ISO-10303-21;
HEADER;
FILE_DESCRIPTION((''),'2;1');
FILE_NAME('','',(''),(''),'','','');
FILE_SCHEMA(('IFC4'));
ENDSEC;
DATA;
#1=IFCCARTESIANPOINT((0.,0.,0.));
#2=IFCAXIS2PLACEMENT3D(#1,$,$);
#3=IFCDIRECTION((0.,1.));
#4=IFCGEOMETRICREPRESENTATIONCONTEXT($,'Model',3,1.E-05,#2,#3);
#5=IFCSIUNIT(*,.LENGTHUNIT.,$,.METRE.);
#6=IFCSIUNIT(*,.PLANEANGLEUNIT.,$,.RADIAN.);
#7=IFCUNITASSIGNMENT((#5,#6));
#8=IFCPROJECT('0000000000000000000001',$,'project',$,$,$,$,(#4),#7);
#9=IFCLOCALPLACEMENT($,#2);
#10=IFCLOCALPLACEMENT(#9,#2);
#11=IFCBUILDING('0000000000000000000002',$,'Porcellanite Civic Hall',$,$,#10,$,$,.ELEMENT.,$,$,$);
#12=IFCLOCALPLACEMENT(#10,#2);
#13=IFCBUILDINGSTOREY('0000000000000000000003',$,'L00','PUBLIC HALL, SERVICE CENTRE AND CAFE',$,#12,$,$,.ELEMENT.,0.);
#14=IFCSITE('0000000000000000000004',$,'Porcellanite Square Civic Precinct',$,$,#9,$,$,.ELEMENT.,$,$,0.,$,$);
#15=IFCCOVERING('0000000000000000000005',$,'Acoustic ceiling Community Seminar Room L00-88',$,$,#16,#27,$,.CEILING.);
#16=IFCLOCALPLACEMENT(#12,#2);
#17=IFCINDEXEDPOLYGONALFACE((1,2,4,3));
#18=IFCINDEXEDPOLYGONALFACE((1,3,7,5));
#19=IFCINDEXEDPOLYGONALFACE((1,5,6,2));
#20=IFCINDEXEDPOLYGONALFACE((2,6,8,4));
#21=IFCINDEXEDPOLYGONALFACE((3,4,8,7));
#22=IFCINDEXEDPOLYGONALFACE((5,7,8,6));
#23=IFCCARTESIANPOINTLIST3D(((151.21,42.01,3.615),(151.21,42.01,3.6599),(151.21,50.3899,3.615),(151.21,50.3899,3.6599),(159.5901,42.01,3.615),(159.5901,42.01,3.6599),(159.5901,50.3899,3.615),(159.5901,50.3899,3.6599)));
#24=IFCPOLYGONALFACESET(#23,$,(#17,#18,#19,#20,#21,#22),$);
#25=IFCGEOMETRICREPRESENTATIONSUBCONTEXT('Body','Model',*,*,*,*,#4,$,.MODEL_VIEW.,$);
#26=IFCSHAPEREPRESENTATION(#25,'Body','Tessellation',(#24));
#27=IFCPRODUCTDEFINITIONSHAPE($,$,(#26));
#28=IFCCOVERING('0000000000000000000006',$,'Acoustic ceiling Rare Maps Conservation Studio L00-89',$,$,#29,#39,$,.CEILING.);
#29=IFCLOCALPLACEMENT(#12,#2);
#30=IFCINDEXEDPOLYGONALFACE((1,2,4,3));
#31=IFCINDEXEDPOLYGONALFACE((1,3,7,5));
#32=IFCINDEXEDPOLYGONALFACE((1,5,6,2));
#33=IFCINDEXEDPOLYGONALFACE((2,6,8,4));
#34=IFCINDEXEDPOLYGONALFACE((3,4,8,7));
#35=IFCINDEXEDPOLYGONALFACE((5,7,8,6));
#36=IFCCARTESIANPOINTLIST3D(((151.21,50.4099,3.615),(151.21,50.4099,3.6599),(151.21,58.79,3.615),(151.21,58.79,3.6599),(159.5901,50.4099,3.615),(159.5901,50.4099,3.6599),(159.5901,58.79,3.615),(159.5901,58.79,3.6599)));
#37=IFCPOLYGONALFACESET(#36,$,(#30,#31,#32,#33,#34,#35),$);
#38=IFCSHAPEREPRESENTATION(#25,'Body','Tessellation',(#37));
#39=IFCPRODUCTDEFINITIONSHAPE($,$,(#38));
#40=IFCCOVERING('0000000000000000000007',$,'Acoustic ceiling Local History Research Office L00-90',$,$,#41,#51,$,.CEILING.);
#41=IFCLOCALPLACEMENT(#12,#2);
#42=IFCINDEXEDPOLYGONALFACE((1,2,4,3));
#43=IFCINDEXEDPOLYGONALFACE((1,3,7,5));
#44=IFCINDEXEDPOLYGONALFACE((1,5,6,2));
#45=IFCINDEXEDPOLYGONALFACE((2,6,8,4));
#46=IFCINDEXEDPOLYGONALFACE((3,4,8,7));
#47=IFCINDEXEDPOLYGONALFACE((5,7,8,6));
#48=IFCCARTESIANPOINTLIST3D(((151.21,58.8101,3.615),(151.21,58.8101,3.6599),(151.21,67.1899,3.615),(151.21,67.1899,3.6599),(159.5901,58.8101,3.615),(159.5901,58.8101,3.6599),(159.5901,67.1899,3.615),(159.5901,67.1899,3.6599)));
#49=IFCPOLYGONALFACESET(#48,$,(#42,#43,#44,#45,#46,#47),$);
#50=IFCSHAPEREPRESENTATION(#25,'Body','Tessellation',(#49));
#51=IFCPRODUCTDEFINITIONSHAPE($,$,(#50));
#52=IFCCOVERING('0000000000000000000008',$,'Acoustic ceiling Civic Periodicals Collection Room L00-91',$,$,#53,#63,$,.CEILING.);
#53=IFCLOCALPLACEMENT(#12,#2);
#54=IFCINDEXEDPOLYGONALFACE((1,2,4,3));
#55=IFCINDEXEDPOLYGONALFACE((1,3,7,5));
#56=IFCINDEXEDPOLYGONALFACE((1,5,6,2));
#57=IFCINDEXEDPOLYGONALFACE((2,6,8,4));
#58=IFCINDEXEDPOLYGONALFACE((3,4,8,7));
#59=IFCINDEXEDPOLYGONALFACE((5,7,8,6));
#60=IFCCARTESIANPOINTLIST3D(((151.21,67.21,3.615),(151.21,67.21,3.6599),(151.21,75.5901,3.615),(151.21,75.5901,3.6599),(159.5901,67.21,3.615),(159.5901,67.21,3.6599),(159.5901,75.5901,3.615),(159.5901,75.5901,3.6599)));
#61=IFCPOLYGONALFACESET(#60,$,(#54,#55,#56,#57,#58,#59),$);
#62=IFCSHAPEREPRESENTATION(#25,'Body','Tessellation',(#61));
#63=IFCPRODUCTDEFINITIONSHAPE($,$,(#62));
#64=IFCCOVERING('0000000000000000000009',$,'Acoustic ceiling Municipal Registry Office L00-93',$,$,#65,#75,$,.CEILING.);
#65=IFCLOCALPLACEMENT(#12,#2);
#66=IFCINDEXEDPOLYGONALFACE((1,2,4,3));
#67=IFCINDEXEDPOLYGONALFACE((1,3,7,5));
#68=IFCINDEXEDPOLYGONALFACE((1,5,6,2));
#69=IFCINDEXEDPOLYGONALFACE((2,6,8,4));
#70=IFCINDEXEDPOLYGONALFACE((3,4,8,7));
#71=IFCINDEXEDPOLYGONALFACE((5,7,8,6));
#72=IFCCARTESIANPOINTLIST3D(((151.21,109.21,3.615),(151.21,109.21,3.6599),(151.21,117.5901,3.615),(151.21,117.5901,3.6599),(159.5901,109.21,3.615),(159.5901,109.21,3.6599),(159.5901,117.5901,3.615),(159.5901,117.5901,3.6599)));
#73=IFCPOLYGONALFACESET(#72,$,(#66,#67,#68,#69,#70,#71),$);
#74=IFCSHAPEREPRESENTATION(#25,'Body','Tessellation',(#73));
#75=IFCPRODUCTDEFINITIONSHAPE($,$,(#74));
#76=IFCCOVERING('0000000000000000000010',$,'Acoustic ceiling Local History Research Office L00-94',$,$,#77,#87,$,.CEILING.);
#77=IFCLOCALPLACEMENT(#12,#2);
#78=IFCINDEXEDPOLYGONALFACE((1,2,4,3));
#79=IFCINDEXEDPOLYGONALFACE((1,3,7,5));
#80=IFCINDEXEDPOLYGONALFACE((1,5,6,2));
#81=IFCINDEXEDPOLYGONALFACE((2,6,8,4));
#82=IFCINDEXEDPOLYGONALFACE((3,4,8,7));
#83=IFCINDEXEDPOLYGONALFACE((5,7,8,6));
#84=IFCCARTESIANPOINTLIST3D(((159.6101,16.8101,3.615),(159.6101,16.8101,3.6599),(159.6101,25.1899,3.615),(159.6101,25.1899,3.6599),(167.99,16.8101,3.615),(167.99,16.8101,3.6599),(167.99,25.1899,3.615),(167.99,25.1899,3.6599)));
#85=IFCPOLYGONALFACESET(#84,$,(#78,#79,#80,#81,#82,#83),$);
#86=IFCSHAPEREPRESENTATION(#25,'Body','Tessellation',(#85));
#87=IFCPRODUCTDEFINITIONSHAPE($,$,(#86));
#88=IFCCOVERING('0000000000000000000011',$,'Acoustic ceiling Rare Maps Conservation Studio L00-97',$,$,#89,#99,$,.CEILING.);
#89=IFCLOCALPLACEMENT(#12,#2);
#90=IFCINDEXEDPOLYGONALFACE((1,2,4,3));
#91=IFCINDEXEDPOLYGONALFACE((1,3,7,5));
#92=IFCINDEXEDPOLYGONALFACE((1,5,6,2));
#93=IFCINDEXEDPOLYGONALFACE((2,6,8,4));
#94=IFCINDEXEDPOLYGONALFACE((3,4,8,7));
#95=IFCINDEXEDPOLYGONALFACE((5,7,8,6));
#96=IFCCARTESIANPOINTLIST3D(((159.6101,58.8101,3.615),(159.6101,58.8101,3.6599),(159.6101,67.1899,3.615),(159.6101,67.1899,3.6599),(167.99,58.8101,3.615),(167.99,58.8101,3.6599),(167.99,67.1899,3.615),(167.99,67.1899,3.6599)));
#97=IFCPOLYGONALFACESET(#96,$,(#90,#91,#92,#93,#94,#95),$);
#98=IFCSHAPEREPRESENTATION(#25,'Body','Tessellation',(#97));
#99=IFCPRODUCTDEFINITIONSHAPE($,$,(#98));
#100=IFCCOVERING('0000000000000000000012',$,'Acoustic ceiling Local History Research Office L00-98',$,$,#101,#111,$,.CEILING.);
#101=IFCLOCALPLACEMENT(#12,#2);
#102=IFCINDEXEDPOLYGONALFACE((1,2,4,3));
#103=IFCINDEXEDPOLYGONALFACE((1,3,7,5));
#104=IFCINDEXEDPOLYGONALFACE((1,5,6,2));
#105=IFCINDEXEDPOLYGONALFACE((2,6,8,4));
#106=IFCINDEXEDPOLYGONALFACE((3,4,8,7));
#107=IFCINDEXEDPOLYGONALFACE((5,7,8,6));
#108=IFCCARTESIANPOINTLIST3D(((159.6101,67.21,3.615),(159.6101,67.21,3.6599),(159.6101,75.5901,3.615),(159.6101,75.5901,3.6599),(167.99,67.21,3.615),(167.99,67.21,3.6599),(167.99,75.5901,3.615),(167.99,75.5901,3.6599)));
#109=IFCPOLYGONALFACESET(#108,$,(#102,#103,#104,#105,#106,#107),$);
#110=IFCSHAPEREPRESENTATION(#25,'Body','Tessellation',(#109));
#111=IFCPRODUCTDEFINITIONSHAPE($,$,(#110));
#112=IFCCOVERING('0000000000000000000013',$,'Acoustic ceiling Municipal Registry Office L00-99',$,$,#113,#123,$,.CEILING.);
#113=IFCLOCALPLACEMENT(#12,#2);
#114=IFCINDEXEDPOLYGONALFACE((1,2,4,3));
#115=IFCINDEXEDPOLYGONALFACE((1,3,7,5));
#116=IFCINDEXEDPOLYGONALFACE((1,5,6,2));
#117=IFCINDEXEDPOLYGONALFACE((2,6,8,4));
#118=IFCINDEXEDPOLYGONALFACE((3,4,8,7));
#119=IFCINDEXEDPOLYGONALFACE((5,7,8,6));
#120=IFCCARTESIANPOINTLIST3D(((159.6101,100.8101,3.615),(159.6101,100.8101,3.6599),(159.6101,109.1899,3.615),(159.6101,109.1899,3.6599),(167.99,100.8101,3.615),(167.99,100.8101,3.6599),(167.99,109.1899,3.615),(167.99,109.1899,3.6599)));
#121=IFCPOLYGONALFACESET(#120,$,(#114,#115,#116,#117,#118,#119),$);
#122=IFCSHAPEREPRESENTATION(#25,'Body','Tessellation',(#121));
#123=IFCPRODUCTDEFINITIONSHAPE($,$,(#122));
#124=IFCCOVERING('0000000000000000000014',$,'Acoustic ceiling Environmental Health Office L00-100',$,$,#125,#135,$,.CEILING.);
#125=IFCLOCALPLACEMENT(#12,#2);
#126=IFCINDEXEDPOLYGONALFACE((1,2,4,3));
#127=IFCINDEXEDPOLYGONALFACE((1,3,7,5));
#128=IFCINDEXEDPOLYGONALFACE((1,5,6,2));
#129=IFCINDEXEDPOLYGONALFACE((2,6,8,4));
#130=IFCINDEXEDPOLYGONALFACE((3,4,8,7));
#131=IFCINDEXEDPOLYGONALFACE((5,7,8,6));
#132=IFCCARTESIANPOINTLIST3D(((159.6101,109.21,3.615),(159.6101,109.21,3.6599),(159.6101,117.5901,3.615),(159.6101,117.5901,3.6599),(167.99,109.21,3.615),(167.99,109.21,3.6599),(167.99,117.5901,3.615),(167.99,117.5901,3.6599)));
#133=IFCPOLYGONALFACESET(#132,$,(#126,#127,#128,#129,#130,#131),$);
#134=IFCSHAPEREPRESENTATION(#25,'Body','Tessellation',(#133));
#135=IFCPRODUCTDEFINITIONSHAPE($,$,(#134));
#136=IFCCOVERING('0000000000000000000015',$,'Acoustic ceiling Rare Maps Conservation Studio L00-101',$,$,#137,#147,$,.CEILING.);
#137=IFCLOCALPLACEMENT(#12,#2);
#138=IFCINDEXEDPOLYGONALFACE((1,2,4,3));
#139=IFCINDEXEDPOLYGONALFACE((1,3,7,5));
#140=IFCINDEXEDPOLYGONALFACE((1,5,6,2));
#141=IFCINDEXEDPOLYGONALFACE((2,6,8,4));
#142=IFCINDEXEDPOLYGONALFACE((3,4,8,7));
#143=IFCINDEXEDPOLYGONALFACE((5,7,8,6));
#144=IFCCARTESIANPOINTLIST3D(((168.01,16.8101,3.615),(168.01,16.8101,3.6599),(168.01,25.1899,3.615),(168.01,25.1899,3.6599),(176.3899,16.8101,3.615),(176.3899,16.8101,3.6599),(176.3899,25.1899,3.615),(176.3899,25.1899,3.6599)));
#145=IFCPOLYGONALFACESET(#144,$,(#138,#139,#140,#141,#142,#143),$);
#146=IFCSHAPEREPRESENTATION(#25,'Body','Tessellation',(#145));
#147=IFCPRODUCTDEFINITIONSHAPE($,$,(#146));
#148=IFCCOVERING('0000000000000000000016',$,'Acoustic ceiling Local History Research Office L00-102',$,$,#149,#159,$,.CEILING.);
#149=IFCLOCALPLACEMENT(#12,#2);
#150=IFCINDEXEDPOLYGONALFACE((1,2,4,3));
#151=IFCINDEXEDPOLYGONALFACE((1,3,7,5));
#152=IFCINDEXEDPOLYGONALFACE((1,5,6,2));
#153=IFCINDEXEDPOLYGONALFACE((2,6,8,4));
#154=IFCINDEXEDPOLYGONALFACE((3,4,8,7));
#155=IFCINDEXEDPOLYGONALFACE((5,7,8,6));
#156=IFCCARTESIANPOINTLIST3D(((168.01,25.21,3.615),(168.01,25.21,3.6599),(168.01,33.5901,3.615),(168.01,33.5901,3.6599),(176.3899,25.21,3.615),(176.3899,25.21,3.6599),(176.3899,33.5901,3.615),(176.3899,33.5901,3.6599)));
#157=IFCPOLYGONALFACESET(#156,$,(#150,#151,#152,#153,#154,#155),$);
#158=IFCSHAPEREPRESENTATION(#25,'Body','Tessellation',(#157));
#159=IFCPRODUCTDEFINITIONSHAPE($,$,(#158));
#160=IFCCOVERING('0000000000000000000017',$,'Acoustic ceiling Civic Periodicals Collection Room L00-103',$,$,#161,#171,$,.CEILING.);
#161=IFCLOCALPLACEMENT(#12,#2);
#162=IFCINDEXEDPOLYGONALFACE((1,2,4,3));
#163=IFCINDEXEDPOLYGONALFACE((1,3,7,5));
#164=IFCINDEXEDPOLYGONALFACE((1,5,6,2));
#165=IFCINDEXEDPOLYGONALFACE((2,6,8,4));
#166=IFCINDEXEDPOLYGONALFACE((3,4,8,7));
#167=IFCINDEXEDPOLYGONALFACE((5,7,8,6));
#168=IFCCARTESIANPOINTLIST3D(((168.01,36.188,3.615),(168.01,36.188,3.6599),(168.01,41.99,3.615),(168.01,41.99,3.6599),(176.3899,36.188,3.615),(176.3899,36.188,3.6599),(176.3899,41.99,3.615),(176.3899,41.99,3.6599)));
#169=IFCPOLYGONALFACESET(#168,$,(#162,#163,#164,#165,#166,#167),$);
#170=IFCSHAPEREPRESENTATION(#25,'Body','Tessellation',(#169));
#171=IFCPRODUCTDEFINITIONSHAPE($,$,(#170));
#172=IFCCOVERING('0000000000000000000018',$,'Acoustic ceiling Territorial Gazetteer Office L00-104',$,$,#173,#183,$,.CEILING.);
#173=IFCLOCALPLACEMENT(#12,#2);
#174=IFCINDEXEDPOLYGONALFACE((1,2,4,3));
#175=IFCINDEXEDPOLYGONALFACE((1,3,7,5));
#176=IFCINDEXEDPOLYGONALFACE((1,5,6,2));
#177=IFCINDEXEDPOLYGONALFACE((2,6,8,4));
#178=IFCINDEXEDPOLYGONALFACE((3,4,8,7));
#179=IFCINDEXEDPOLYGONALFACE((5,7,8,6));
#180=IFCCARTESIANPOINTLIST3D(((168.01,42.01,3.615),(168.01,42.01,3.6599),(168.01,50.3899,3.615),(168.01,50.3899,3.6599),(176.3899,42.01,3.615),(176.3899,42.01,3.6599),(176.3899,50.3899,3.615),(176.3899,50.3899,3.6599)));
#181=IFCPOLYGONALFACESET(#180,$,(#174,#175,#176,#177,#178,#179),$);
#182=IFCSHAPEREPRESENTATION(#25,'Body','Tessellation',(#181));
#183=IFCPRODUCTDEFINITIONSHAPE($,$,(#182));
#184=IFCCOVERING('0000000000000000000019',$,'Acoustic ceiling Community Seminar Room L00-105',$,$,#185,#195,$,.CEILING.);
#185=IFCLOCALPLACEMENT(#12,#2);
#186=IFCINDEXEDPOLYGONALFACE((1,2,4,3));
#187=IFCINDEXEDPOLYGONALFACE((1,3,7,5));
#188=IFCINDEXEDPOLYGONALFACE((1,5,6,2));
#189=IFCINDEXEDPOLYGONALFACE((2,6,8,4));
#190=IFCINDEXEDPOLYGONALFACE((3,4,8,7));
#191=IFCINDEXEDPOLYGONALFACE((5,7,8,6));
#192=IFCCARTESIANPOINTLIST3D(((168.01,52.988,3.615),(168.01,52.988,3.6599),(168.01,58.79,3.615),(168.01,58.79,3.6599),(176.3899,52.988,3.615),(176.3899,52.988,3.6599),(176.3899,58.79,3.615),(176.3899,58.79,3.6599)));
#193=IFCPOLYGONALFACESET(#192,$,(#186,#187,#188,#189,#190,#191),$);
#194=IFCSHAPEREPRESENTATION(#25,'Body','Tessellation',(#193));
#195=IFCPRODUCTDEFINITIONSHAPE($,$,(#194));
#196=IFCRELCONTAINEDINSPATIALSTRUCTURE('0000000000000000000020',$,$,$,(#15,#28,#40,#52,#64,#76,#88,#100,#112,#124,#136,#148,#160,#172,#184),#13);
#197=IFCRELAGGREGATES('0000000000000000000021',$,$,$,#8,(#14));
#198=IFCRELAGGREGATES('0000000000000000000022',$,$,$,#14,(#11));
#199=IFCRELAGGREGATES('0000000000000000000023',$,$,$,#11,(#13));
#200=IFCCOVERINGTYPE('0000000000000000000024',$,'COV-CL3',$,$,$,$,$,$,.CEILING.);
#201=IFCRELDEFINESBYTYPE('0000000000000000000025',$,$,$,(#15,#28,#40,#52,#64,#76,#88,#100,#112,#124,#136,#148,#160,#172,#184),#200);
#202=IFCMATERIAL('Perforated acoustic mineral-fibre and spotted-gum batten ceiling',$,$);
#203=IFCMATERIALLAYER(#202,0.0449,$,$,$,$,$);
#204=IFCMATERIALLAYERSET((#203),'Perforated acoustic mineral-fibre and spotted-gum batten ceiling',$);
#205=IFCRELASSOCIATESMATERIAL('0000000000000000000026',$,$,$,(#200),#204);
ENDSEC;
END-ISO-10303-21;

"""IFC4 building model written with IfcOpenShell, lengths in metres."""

from ifc_helpers import new_model, si_unit, direction, frame, origin, place, context, subcontext, project, spatial, polyline, outline, extrude, material, layer, layer_set, type_object, element, save


model = new_model("IFC4")

# Units and contexts
model_context = context("Model", 3, precision=1e-05, world=origin(), true_north=direction((0.0, 1.0)))
body_context = subcontext(model_context, "Body", "Model", "MODEL_VIEW")
ifc_project = project(units=[si_unit("LENGTHUNIT", "METRE"), si_unit("PLANEANGLEUNIT", "RADIAN")], contexts=[model_context])

# Site, building, storey
site_placement = place(None, origin())
site = spatial("IfcSite", under=ifc_project, at=site_placement, Name="Porcellanite Square Civic Precinct", CompositionType="ELEMENT", RefElevation=0.0)
building_placement = place(site_placement, origin())
building = spatial("IfcBuilding", under=site, at=building_placement, Name="Porcellanite Civic Hall", CompositionType="ELEMENT")
storey_placement = place(building_placement, origin())
storey = spatial("IfcBuildingStorey", under=building, at=storey_placement, Name="L00", Description="PUBLIC HALL, SERVICE CENTRE AND CAFE", CompositionType="ELEMENT", Elevation=0.0)

# Coverings
ifc_material_1 = material(Name="Perforated acoustic mineral-fibre and spotted-gum batten ceiling")
ifc_layer_1 = layer(ifc_material_1, 0.0449)
ifc_layer_set_1 = layer_set([ifc_layer_1], Name="Perforated acoustic mineral-fibre and spotted-gum batten ceiling")
covering_type = type_object("IfcCoveringType", Name="COV-CL3", PredefinedType="CEILING", material=ifc_layer_set_1)
covering_1_placement = place(storey_placement, frame((0.0, 0.0, 3.615)))
element("IfcCovering", 1, at=covering_1_placement, inside=storey, type_object=covering_type, Name="Acoustic ceiling Community Seminar Room L00-88", PredefinedType="CEILING", context=body_context, shape_type="SweptSolid", body=[
    extrude(outline(polyline([(151.21, 42.01), (159.5901, 42.01), (159.5901, 50.3899), (151.21, 50.3899), (151.21, 42.01)])), origin(), (0.0, 0.0, 1.0), 0.0449),
])
covering_2_placement = place(storey_placement, frame((0.0, 0.0, 3.615)))
element("IfcCovering", 2, at=covering_2_placement, inside=storey, type_object=covering_type, Name="Acoustic ceiling Rare Maps Conservation Studio L00-89", PredefinedType="CEILING", context=body_context, shape_type="SweptSolid", body=[
    extrude(outline(polyline([(151.21, 50.4099), (159.5901, 50.4099), (159.5901, 58.79), (151.21, 58.79), (151.21, 50.4099)])), origin(), (0.0, 0.0, 1.0), 0.0449),
])
covering_3_placement = place(storey_placement, frame((0.0, 0.0, 3.615)))
element("IfcCovering", 3, at=covering_3_placement, inside=storey, type_object=covering_type, Name="Acoustic ceiling Local History Research Office L00-90", PredefinedType="CEILING", context=body_context, shape_type="SweptSolid", body=[
    extrude(outline(polyline([(151.21, 58.8101), (159.5901, 58.8101), (159.5901, 67.1899), (151.21, 67.1899), (151.21, 58.8101)])), origin(), (0.0, 0.0, 1.0), 0.0449),
])
covering_4_placement = place(storey_placement, frame((0.0, 0.0, 3.615)))
element("IfcCovering", 4, at=covering_4_placement, inside=storey, type_object=covering_type, Name="Acoustic ceiling Civic Periodicals Collection Room L00-91", PredefinedType="CEILING", context=body_context, shape_type="SweptSolid", body=[
    extrude(outline(polyline([(151.21, 67.21), (159.5901, 67.21), (159.5901, 75.5901), (151.21, 75.5901), (151.21, 67.21)])), origin(), (0.0, 0.0, 1.0), 0.0449),
])
covering_5_placement = place(storey_placement, frame((0.0, 0.0, 3.615)))
element("IfcCovering", 5, at=covering_5_placement, inside=storey, type_object=covering_type, Name="Acoustic ceiling Municipal Registry Office L00-93", PredefinedType="CEILING", context=body_context, shape_type="SweptSolid", body=[
    extrude(outline(polyline([(151.21, 109.21), (159.5901, 109.21), (159.5901, 117.5901), (151.21, 117.5901), (151.21, 109.21)])), origin(), (0.0, 0.0, 1.0), 0.0449),
])
covering_6_placement = place(storey_placement, frame((0.0, 0.0, 3.615)))
element("IfcCovering", 6, at=covering_6_placement, inside=storey, type_object=covering_type, Name="Acoustic ceiling Local History Research Office L00-94", PredefinedType="CEILING", context=body_context, shape_type="SweptSolid", body=[
    extrude(outline(polyline([(159.6101, 16.8101), (167.99, 16.8101), (167.99, 25.1899), (159.6101, 25.1899), (159.6101, 16.8101)])), origin(), (0.0, 0.0, 1.0), 0.0449),
])
covering_7_placement = place(storey_placement, frame((0.0, 0.0, 3.615)))
element("IfcCovering", 7, at=covering_7_placement, inside=storey, type_object=covering_type, Name="Acoustic ceiling Rare Maps Conservation Studio L00-97", PredefinedType="CEILING", context=body_context, shape_type="SweptSolid", body=[
    extrude(outline(polyline([(159.6101, 58.8101), (167.99, 58.8101), (167.99, 67.1899), (159.6101, 67.1899), (159.6101, 58.8101)])), origin(), (0.0, 0.0, 1.0), 0.0449),
])
covering_8_placement = place(storey_placement, frame((0.0, 0.0, 3.615)))
element("IfcCovering", 8, at=covering_8_placement, inside=storey, type_object=covering_type, Name="Acoustic ceiling Local History Research Office L00-98", PredefinedType="CEILING", context=body_context, shape_type="SweptSolid", body=[
    extrude(outline(polyline([(159.6101, 67.21), (167.99, 67.21), (167.99, 75.5901), (159.6101, 75.5901), (159.6101, 67.21)])), origin(), (0.0, 0.0, 1.0), 0.0449),
])
covering_9_placement = place(storey_placement, frame((0.0, 0.0, 3.615)))
element("IfcCovering", 9, at=covering_9_placement, inside=storey, type_object=covering_type, Name="Acoustic ceiling Municipal Registry Office L00-99", PredefinedType="CEILING", context=body_context, shape_type="SweptSolid", body=[
    extrude(outline(polyline([(159.6101, 100.8101), (167.99, 100.8101), (167.99, 109.1899), (159.6101, 109.1899), (159.6101, 100.8101)])), origin(), (0.0, 0.0, 1.0), 0.0449),
])
covering_10_placement = place(storey_placement, frame((0.0, 0.0, 3.615)))
element("IfcCovering", 10, at=covering_10_placement, inside=storey, type_object=covering_type, Name="Acoustic ceiling Environmental Health Office L00-100", PredefinedType="CEILING", context=body_context, shape_type="SweptSolid", body=[
    extrude(outline(polyline([(159.6101, 109.21), (167.99, 109.21), (167.99, 117.5901), (159.6101, 117.5901), (159.6101, 109.21)])), origin(), (0.0, 0.0, 1.0), 0.0449),
])
covering_11_placement = place(storey_placement, frame((0.0, 0.0, 3.615)))
element("IfcCovering", 11, at=covering_11_placement, inside=storey, type_object=covering_type, Name="Acoustic ceiling Rare Maps Conservation Studio L00-101", PredefinedType="CEILING", context=body_context, shape_type="SweptSolid", body=[
    extrude(outline(polyline([(168.01, 16.8101), (176.3899, 16.8101), (176.3899, 25.1899), (168.01, 25.1899), (168.01, 16.8101)])), origin(), (0.0, 0.0, 1.0), 0.0449),
])
covering_12_placement = place(storey_placement, frame((0.0, 0.0, 3.615)))
element("IfcCovering", 12, at=covering_12_placement, inside=storey, type_object=covering_type, Name="Acoustic ceiling Local History Research Office L00-102", PredefinedType="CEILING", context=body_context, shape_type="SweptSolid", body=[
    extrude(outline(polyline([(168.01, 25.21), (176.3899, 25.21), (176.3899, 33.5901), (168.01, 33.5901), (168.01, 25.21)])), origin(), (0.0, 0.0, 1.0), 0.0449),
])
covering_13_placement = place(storey_placement, frame((0.0, 0.0, 3.615)))
element("IfcCovering", 13, at=covering_13_placement, inside=storey, type_object=covering_type, Name="Acoustic ceiling Civic Periodicals Collection Room L00-103", PredefinedType="CEILING", context=body_context, shape_type="SweptSolid", body=[
    extrude(outline(polyline([(168.01, 36.188), (176.3899, 36.188), (176.3899, 41.99), (168.01, 41.99), (168.01, 36.188)])), origin(), (0.0, 0.0, 1.0), 0.0449),
])
covering_14_placement = place(storey_placement, frame((0.0, 0.0, 3.615)))
element("IfcCovering", 14, at=covering_14_placement, inside=storey, type_object=covering_type, Name="Acoustic ceiling Territorial Gazetteer Office L00-104", PredefinedType="CEILING", context=body_context, shape_type="SweptSolid", body=[
    extrude(outline(polyline([(168.01, 42.01), (176.3899, 42.01), (176.3899, 50.3899), (168.01, 50.3899), (168.01, 42.01)])), origin(), (0.0, 0.0, 1.0), 0.0449),
])
covering_15_placement = place(storey_placement, frame((0.0, 0.0, 3.615)))
element("IfcCovering", 15, at=covering_15_placement, inside=storey, type_object=covering_type, Name="Acoustic ceiling Community Seminar Room L00-105", PredefinedType="CEILING", context=body_context, shape_type="SweptSolid", body=[
    extrude(outline(polyline([(168.01, 52.988), (176.3899, 52.988), (176.3899, 58.79), (168.01, 58.79), (168.01, 52.988)])), origin(), (0.0, 0.0, 1.0), 0.0449),
])

save(model, "model.ifc")
